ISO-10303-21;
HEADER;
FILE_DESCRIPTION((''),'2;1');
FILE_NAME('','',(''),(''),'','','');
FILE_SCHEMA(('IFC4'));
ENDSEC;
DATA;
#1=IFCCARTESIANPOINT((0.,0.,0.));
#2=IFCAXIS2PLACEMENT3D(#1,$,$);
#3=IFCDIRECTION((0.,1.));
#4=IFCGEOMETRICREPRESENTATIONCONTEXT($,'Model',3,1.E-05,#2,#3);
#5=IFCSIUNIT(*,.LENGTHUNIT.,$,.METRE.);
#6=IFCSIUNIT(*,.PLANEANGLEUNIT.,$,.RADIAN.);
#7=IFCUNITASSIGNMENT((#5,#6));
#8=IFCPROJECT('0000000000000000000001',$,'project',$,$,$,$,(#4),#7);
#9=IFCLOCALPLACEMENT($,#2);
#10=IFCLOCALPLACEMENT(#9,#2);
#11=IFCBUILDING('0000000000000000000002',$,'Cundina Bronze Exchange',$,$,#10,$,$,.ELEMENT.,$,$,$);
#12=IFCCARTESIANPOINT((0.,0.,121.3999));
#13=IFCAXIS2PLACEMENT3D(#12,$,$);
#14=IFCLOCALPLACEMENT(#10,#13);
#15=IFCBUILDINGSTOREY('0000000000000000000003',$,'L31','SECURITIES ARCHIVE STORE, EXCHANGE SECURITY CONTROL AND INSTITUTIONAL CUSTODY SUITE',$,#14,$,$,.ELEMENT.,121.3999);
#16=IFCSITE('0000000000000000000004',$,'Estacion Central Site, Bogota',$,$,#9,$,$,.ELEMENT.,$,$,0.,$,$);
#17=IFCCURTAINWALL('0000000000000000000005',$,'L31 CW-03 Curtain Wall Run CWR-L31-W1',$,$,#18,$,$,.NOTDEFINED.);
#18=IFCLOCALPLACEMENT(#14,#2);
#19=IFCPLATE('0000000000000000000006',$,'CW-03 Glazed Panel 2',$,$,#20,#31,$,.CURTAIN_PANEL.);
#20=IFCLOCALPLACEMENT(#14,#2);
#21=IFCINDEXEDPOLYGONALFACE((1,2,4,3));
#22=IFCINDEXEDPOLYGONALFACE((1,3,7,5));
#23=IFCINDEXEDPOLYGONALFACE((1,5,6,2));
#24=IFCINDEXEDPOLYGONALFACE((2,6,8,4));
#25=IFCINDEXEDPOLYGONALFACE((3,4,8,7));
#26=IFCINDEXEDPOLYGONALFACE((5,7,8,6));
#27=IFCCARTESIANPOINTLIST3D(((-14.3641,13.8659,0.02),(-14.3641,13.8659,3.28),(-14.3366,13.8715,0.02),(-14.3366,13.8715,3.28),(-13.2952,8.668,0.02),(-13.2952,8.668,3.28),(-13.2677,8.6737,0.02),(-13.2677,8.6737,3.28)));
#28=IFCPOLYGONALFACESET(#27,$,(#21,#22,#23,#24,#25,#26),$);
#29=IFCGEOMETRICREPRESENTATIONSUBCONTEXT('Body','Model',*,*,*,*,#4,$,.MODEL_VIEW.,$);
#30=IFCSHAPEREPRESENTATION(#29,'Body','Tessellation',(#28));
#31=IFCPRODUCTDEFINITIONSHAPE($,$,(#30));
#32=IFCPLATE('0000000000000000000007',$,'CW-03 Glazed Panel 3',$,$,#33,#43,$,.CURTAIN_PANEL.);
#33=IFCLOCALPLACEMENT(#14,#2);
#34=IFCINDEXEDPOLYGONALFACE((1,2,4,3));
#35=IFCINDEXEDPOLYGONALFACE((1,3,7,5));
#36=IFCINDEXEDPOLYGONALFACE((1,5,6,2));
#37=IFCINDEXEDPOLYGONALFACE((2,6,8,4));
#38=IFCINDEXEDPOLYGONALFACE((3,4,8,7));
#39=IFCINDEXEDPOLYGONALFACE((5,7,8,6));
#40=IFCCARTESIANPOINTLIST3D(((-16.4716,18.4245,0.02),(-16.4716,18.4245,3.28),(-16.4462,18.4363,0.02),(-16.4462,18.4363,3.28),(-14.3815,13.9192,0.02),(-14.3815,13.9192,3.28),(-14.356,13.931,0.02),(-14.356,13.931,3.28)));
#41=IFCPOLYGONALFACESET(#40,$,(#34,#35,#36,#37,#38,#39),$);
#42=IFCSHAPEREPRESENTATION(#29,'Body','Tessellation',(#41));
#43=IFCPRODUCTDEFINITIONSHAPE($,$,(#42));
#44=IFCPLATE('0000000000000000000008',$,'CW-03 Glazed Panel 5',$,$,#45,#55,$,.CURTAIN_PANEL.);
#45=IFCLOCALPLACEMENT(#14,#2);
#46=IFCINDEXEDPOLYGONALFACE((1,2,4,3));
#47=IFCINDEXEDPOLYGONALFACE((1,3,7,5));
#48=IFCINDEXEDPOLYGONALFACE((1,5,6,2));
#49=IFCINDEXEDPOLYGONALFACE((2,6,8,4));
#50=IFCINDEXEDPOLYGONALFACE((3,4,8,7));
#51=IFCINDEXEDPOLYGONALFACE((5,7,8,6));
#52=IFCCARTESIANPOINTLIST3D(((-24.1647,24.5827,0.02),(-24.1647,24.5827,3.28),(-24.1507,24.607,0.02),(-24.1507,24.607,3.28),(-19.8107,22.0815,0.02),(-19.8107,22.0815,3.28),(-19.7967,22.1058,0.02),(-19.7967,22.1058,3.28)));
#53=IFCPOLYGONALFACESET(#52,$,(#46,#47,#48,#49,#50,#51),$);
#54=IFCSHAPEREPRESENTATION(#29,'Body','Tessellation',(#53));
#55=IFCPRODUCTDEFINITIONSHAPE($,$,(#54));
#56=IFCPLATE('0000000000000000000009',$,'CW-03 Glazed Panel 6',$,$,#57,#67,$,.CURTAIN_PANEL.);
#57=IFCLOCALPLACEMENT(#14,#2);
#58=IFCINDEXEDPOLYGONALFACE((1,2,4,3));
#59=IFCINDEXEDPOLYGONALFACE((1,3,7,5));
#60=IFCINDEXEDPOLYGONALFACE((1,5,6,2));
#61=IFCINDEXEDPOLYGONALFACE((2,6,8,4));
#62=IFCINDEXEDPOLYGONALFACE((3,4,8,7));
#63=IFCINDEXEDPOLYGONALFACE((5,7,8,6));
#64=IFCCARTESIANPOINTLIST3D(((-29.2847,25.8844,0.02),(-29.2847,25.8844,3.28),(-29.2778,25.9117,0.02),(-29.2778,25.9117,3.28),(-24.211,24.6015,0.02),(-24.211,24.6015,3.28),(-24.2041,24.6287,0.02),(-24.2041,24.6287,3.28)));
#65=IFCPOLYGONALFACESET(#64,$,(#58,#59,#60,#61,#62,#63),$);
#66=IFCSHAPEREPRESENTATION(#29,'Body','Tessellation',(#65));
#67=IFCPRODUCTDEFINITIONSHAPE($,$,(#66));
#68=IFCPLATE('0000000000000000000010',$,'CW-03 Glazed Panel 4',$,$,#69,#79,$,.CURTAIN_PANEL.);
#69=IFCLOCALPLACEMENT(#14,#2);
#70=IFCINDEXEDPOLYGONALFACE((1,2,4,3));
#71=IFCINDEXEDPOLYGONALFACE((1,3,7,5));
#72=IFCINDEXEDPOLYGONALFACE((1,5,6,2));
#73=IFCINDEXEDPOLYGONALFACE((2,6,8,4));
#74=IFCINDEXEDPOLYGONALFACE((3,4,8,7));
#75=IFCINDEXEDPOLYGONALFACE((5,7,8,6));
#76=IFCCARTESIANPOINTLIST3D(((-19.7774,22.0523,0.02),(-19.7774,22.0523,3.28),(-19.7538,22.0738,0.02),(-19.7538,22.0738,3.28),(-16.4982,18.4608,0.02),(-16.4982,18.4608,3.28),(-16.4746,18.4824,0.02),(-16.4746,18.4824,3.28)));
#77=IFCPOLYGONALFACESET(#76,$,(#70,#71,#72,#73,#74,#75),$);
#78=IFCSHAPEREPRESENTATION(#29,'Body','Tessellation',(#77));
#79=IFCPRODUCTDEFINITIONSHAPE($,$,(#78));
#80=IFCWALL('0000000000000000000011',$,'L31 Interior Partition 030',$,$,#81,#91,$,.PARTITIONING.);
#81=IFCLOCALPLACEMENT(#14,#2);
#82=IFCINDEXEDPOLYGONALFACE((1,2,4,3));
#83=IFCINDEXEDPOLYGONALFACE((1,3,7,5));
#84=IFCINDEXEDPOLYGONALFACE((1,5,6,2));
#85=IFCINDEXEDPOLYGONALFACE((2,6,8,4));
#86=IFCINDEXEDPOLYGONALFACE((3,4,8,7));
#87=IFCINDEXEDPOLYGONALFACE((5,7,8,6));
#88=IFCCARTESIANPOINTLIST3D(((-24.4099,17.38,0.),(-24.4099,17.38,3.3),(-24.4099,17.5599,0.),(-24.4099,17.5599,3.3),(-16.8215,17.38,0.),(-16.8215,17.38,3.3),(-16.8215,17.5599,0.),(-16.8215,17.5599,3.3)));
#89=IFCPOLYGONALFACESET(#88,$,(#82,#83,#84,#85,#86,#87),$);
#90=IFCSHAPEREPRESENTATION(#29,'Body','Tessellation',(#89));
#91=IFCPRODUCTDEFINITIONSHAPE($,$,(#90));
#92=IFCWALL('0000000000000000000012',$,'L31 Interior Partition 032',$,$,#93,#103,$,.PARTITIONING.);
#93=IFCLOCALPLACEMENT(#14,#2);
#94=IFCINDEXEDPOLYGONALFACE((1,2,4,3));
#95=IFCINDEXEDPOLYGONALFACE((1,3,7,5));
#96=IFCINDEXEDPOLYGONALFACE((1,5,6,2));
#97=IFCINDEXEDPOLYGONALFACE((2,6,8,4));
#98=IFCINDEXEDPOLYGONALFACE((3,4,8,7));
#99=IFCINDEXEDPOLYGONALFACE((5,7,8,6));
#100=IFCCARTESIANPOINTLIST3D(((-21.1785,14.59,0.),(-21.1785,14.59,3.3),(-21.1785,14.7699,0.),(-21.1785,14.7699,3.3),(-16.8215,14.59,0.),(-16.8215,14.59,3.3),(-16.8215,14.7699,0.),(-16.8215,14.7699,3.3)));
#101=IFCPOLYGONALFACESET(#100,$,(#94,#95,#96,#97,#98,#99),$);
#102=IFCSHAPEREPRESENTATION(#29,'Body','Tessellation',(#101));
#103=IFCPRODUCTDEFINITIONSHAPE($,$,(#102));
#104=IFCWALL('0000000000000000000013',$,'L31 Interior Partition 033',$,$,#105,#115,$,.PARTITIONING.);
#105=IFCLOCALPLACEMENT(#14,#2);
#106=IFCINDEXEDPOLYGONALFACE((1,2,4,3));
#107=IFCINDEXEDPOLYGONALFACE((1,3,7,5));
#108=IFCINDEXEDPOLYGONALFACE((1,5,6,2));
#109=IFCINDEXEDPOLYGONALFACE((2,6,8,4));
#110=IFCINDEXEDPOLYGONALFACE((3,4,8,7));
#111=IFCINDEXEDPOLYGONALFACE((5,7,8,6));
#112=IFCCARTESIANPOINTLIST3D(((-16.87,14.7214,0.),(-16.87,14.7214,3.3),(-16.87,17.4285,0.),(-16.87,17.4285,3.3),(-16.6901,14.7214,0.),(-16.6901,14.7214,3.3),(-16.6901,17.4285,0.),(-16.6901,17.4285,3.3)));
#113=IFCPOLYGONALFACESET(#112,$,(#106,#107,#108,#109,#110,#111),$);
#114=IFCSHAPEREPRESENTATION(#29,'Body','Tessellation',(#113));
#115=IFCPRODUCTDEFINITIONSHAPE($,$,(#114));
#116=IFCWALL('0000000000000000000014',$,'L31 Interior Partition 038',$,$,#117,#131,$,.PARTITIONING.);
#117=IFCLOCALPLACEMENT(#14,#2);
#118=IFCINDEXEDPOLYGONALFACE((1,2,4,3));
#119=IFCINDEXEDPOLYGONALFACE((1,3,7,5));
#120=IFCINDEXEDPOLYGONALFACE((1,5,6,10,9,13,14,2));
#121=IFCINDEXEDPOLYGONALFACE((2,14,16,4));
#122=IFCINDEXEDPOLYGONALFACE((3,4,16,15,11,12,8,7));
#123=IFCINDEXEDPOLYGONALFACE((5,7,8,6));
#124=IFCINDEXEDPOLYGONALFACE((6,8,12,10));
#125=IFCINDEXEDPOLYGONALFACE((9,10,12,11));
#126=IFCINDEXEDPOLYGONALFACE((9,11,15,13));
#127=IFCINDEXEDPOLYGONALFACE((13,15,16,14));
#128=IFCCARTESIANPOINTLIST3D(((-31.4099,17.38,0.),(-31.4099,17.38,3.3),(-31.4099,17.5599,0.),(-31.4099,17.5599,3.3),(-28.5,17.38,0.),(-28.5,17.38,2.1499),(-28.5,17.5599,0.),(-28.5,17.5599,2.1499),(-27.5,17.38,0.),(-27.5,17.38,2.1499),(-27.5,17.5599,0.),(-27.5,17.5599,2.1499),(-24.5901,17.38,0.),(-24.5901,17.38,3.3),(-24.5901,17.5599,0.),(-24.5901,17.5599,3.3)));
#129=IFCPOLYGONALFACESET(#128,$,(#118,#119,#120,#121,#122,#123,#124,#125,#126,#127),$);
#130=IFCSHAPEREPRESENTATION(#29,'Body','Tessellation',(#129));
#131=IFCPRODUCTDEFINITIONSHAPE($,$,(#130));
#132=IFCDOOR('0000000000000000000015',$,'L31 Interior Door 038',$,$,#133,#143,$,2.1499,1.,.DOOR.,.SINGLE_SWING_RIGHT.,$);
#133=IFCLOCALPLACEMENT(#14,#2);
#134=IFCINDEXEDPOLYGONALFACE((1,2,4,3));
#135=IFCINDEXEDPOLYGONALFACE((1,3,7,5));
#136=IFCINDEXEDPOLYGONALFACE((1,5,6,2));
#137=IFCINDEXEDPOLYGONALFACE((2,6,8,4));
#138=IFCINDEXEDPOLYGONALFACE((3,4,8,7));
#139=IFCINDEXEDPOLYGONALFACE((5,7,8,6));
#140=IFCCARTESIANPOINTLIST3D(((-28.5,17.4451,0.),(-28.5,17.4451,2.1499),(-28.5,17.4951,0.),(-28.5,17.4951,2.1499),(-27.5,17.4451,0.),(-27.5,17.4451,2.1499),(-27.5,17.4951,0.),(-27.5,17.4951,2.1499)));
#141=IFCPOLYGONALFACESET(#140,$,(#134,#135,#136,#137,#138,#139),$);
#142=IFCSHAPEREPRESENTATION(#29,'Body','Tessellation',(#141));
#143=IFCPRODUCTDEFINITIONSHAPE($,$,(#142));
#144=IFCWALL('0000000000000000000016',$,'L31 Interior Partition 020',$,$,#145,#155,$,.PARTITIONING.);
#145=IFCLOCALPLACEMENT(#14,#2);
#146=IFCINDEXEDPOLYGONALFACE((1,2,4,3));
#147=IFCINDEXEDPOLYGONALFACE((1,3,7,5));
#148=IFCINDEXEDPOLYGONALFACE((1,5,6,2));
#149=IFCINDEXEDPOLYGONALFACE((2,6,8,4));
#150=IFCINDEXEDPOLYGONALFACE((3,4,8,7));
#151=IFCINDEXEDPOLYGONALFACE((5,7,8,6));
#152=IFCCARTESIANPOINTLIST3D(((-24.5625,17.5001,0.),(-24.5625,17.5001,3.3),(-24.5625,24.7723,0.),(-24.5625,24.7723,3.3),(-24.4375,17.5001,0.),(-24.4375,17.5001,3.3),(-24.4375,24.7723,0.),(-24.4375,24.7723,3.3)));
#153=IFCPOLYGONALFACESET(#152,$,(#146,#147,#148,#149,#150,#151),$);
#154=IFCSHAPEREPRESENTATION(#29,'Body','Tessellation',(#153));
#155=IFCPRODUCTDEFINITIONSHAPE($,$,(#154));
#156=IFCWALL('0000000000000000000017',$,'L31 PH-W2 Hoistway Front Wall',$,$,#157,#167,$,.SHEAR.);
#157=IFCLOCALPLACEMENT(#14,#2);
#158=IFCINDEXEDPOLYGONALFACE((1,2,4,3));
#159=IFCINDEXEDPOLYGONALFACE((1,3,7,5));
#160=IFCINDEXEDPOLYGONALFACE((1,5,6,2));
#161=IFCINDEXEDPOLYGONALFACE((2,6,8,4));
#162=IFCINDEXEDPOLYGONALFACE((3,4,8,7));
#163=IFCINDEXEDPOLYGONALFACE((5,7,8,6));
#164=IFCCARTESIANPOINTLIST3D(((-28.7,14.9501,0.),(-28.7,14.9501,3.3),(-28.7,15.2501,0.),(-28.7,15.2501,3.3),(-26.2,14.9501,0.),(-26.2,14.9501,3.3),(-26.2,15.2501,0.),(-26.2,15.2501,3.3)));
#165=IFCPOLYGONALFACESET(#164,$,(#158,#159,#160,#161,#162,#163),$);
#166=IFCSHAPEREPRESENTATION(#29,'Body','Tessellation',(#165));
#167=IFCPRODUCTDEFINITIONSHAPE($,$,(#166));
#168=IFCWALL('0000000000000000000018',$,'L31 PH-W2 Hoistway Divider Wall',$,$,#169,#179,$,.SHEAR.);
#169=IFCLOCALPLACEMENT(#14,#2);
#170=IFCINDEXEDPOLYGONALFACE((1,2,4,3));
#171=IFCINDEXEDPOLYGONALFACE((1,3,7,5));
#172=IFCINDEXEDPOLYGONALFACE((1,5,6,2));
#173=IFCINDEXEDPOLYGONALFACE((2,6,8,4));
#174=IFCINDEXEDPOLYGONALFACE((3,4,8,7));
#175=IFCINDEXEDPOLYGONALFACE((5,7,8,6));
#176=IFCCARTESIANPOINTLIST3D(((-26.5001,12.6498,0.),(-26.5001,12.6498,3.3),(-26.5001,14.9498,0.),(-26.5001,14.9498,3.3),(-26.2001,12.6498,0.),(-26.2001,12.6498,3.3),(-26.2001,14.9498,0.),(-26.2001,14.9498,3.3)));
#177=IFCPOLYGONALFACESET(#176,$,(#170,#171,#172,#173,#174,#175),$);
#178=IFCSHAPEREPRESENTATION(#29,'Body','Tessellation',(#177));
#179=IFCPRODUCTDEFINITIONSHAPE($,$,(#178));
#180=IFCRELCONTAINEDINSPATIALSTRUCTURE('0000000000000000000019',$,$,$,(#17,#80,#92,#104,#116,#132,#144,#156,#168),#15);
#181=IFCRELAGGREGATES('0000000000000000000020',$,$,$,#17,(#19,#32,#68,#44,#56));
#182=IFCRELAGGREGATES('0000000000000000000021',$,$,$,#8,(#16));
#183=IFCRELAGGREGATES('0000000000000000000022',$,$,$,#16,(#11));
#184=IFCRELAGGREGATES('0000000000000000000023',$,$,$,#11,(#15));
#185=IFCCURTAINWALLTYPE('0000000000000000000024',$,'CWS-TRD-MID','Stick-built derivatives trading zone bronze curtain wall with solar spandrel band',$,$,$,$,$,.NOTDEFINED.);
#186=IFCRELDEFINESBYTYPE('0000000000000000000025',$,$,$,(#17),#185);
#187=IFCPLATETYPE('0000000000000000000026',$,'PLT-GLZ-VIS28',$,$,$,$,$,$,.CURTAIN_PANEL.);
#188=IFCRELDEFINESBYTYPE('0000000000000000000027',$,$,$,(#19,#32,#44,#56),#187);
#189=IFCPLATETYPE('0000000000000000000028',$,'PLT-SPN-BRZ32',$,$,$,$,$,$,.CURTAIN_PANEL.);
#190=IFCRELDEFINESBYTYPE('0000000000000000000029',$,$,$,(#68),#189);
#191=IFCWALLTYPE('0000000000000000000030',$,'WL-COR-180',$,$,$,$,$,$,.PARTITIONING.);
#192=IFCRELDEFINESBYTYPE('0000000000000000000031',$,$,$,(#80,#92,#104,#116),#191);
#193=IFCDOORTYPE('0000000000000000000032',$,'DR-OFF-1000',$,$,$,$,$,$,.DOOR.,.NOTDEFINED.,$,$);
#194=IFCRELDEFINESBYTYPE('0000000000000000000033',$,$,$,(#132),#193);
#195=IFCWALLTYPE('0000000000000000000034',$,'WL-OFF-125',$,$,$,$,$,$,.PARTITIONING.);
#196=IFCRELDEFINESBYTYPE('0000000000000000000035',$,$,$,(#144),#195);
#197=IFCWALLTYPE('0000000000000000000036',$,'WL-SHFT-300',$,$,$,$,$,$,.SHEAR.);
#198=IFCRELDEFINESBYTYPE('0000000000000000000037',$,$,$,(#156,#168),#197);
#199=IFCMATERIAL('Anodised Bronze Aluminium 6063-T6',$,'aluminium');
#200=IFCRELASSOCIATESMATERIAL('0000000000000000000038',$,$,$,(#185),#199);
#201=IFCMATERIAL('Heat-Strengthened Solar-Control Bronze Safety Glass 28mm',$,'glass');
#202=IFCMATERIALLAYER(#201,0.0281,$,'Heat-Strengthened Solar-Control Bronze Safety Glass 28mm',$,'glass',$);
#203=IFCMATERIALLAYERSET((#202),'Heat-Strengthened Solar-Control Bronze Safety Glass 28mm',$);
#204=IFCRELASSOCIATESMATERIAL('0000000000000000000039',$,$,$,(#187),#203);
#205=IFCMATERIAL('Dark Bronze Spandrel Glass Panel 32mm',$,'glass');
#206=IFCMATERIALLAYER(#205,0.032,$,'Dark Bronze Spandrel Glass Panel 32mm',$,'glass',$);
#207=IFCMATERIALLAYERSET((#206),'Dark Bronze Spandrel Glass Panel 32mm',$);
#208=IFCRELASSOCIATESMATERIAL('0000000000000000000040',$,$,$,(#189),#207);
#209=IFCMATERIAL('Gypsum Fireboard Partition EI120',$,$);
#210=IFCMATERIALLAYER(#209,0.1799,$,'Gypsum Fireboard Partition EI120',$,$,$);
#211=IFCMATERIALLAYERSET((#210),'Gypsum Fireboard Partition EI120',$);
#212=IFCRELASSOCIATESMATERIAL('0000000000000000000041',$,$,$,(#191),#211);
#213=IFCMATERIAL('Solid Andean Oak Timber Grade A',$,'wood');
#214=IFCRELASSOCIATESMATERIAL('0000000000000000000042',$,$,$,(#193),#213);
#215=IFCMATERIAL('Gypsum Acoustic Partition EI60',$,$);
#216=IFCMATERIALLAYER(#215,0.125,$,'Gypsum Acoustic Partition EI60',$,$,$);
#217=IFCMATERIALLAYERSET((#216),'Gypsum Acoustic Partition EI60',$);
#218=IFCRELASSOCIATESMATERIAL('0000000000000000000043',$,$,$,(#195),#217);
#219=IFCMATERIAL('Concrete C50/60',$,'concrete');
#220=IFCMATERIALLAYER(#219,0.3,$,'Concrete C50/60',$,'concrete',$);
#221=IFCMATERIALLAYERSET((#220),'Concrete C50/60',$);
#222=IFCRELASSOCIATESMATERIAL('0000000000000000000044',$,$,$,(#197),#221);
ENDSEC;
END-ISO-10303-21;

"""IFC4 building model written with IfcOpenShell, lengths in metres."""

from ifc_helpers import new_model, si_unit, direction, frame, frame_2d, origin, origin_2d, place, context, subcontext, project, spatial, rectangle, extrude, material, layer, layer_set, type_object, element, fill, aggregate, save


model = new_model("IFC4")

# Units and contexts
model_context = context("Model", 3, precision=1e-05, world=origin(), true_north=direction((0.0, 1.0)))
body_context = subcontext(model_context, "Body", "Model", "MODEL_VIEW")
ifc_project = project(units=[si_unit("LENGTHUNIT", "METRE"), si_unit("PLANEANGLEUNIT", "RADIAN")], contexts=[model_context])

# Site, building, storey
site_placement = place(None, origin())
site = spatial("IfcSite", under=ifc_project, at=site_placement, Name="Estacion Central Site, Bogota", CompositionType="ELEMENT", RefElevation=0.0)
building_placement = place(site_placement, origin())
building = spatial("IfcBuilding", under=site, at=building_placement, Name="Cundina Bronze Exchange", CompositionType="ELEMENT")
storey_placement = place(building_placement, frame((0.0, 0.0, 121.3999)))
storey = spatial("IfcBuildingStorey", under=building, at=storey_placement, Name="L31", Description="SECURITIES ARCHIVE STORE, EXCHANGE SECURITY CONTROL AND INSTITUTIONAL CUSTODY SUITE", CompositionType="ELEMENT", Elevation=121.3999)

# Curtain wall, plates
ifc_material_1 = material(Name="Anodised Bronze Aluminium 6063-T6", Category="aluminium")
curtain_wall_type = type_object("IfcCurtainWallType", Name="CWS-TRD-MID", Description="Stick-built derivatives trading zone bronze curtain wall with solar spandrel band", PredefinedType="NOTDEFINED", material=ifc_material_1)
curtain_wall_placement = place(storey_placement, origin())
curtain_wall = element("IfcCurtainWall", 1, at=curtain_wall_placement, inside=storey, type_object=curtain_wall_type, Name="L31 CW-03 Curtain Wall Run CWR-L31-W1", PredefinedType="NOTDEFINED")
ifc_material_2 = material(Name="Heat-Strengthened Solar-Control Bronze Safety Glass 28mm", Category="glass")
ifc_layer_1 = layer(ifc_material_2, 0.0281, Name="Heat-Strengthened Solar-Control Bronze Safety Glass 28mm", Category="glass")
ifc_layer_set_1 = layer_set([ifc_layer_1], Name="Heat-Strengthened Solar-Control Bronze Safety Glass 28mm")
plate_type_1 = type_object("IfcPlateType", Name="PLT-GLZ-VIS28", PredefinedType="CURTAIN_PANEL", material=ifc_layer_set_1)
plate_1_placement = place(storey_placement, frame((-13.8159, 11.2698, 0.02), z_axis=(0.0, 0.0, 1.0), x_axis=(-0.20142, 0.979505, 0.0)))
plate_1 = element("IfcPlate", 2, at=plate_1_placement, type_object=plate_type_1, Name="CW-03 Glazed Panel 2", PredefinedType="CURTAIN_PANEL", context=body_context, shape_type="SweptSolid", body=[
    extrude(rectangle(XDim=5.3066, YDim=0.0281, at=origin_2d()), origin(), (0.0, 0.0, 1.0), 3.26),
])
plate_2_placement = place(storey_placement, frame((-15.4138, 16.1777, 0.02), z_axis=(0.0, 0.0, 1.0), x_axis=(-0.420846, 0.907132, 0.0)))
plate_2 = element("IfcPlate", 3, at=plate_2_placement, type_object=plate_type_1, Name="CW-03 Glazed Panel 3", PredefinedType="CURTAIN_PANEL", context=body_context, shape_type="SweptSolid", body=[
    extrude(rectangle(XDim=4.9666, YDim=0.0281, at=origin_2d()), origin(), (0.0, 0.0, 1.0), 3.26),
])
plate_3_placement = place(storey_placement, frame((-21.9807, 23.3442, 0.02), z_axis=(0.0, 0.0, 1.0), x_axis=(-0.867105, 0.498125, 0.0)))
plate_3 = element("IfcPlate", 4, at=plate_3_placement, type_object=plate_type_1, Name="CW-03 Glazed Panel 5", PredefinedType="CURTAIN_PANEL", context=body_context, shape_type="SweptSolid", body=[
    extrude(rectangle(XDim=5.0212, YDim=0.0281, at=origin_2d()), origin(), (0.0, 0.0, 1.0), 3.26),
])
plate_4_placement = place(storey_placement, frame((-26.7444, 25.2566, 0.02), z_axis=(0.0, 0.0, 1.0), x_axis=(-0.969488, 0.245138, 0.0)))
plate_4 = element("IfcPlate", 5, at=plate_4_placement, type_object=plate_type_1, Name="CW-03 Glazed Panel 6", PredefinedType="CURTAIN_PANEL", context=body_context, shape_type="SweptSolid", body=[
    extrude(rectangle(XDim=5.2334, YDim=0.0281, at=origin_2d()), origin(), (0.0, 0.0, 1.0), 3.26),
])
ifc_material_3 = material(Name="Dark Bronze Spandrel Glass Panel 32mm", Category="glass")
ifc_layer_2 = layer(ifc_material_3, 0.032, Name="Dark Bronze Spandrel Glass Panel 32mm", Category="glass")
ifc_layer_set_2 = layer_set([ifc_layer_2], Name="Dark Bronze Spandrel Glass Panel 32mm")
plate_type_2 = type_object("IfcPlateType", Name="PLT-SPN-BRZ32", PredefinedType="CURTAIN_PANEL", material=ifc_layer_set_2)
plate_5_placement = place(storey_placement, frame((-18.126, 20.2673, 0.02), z_axis=(0.0, 0.0, 1.0), x_axis=(-0.674277, 0.738479, 0.0)))
plate_5 = element("IfcPlate", 6, at=plate_5_placement, type_object=plate_type_2, Name="CW-03 Glazed Panel 4", PredefinedType="CURTAIN_PANEL", context=body_context, shape_type="SweptSolid", body=[
    extrude(rectangle(XDim=4.8633, YDim=0.032, at=origin_2d()), origin(), (0.0, 0.0, 1.0), 3.26),
])
aggregate(curtain_wall, [plate_1, plate_2, plate_5, plate_3, plate_4])

# Walls
ifc_material_4 = material(Name="Gypsum Fireboard Partition EI120")
ifc_layer_3 = layer(ifc_material_4, 0.1799, Name="Gypsum Fireboard Partition EI120")
ifc_layer_set_3 = layer_set([ifc_layer_3], Name="Gypsum Fireboard Partition EI120")
wall_type_1 = type_object("IfcWallType", Name="WL-COR-180", PredefinedType="PARTITIONING", material=ifc_layer_set_3)
wall_1_placement = place(storey_placement, frame((-16.8215, 17.47, 0.0), z_axis=(0.0, 0.0, 1.0), x_axis=(-1.0, 0.0, 0.0)))
element("IfcWall", 7, at=wall_1_placement, inside=storey, type_object=wall_type_1, Name="L31 Interior Partition 030", PredefinedType="PARTITIONING", context=body_context, shape_type="SweptSolid", body=[
    extrude(rectangle(XDim=7.5884, YDim=0.1799, at=frame_2d((3.7942, 0.0))), origin(), (0.0, 0.0, 1.0), 3.3),
])
wall_2_placement = place(storey_placement, frame((-21.1785, 14.6799, 0.0), z_axis=(0.0, 0.0, 1.0), x_axis=(1.0, 0.0, 0.0)))
element("IfcWall", 8, at=wall_2_placement, inside=storey, type_object=wall_type_1, Name="L31 Interior Partition 032", PredefinedType="PARTITIONING", context=body_context, shape_type="SweptSolid", body=[
    extrude(rectangle(XDim=4.3569, YDim=0.1799, at=frame_2d((2.1785, 0.0))), origin(), (0.0, 0.0, 1.0), 3.3),
])
wall_3_placement = place(storey_placement, frame((-16.78, 14.7214, 0.0), z_axis=(0.0, 0.0, 1.0), x_axis=(0.0, 1.0, 0.0)))
element("IfcWall", 9, at=wall_3_placement, inside=storey, type_object=wall_type_1, Name="L31 Interior Partition 033", PredefinedType="PARTITIONING", context=body_context, shape_type="SweptSolid", body=[
    extrude(rectangle(XDim=2.707, YDim=0.1799, at=frame_2d((1.3535, 0.0))), origin(), (0.0, 0.0, 1.0), 3.3),
])

# Wall, opening, door
wall_4_placement = place(storey_placement, frame((-24.5901, 17.47, 0.0), z_axis=(0.0, 0.0, 1.0), x_axis=(-1.0, 0.0, 0.0)))
wall_4 = element("IfcWall", 10, at=wall_4_placement, inside=storey, type_object=wall_type_1, Name="L31 Interior Partition 038", PredefinedType="PARTITIONING", context=body_context, shape_type="SweptSolid", body=[
    extrude(rectangle(XDim=6.8198, YDim=0.1799, at=frame_2d((3.4099, 0.0))), origin(), (0.0, 0.0, 1.0), 3.3),
])
opening_1_placement = place(wall_4_placement, frame((2.9099, 0.0, 0.0)))
opening_1 = element("IfcOpeningElement", 11, at=opening_1_placement, cuts=wall_4, PredefinedType="OPENING", context=body_context, shape_type="SweptSolid", body=[
    extrude(rectangle(XDim=1.0, YDim=2.1499, at=frame_2d((0.5, 1.075))), frame((0.0, 0.0999, 0.0), z_axis=(0.0, -1.0, 0.0), x_axis=(1.0, 0.0, 0.0)), (0.0, 0.0, 1.0), 0.2),
])
ifc_material_5 = material(Name="Solid Andean Oak Timber Grade A", Category="wood")
door_type_1 = type_object("IfcDoorType", Name="DR-OFF-1000", OperationType="NOTDEFINED", PredefinedType="DOOR", material=ifc_material_5)
door_1_placement = place(opening_1_placement, origin())
door_1 = element("IfcDoor", 12, at=door_1_placement, inside=storey, type_object=door_type_1, Name="L31 Interior Door 038", OperationType="SINGLE_SWING_RIGHT", OverallHeight=2.1499, OverallWidth=1.0, PredefinedType="DOOR", context=body_context, shape_type="SweptSolid", body=[
    extrude(rectangle(XDim=1.0, YDim=2.1499, at=frame_2d((0.5, 1.075))), frame((0.0, 0.0249, 0.0), z_axis=(0.0, -1.0, 0.0), x_axis=(1.0, 0.0, 0.0)), (0.0, 0.0, 1.0), 0.05),
])
fill(opening_1, door_1)

# Wall
ifc_material_6 = material(Name="Gypsum Acoustic Partition EI60")
ifc_layer_4 = layer(ifc_material_6, 0.125, Name="Gypsum Acoustic Partition EI60")
ifc_layer_set_4 = layer_set([ifc_layer_4], Name="Gypsum Acoustic Partition EI60")
wall_type_2 = type_object("IfcWallType", Name="WL-OFF-125", PredefinedType="PARTITIONING", material=ifc_layer_set_4)
wall_5_placement = place(storey_placement, frame((-24.5, 17.5, 0.0), z_axis=(0.0, 0.0, 1.0), x_axis=(0.0, 1.0, 0.0)))
element("IfcWall", 13, at=wall_5_placement, inside=storey, type_object=wall_type_2, Name="L31 Interior Partition 020", PredefinedType="PARTITIONING", context=body_context, shape_type="SweptSolid", body=[
    extrude(rectangle(XDim=7.2722, YDim=0.125, at=frame_2d((3.6362, 0.0))), origin(), (0.0, 0.0, 1.0), 3.3),
])

# Shared definitions
ifc_material_7 = material(Name="Concrete C50/60", Category="concrete")
ifc_layer_5 = layer(ifc_material_7, 0.3, Name="Concrete C50/60", Category="concrete")
ifc_layer_set_5 = layer_set([ifc_layer_5], Name="Concrete C50/60")
wall_type_3 = type_object("IfcWallType", Name="WL-SHFT-300", PredefinedType="SHEAR", material=ifc_layer_set_5)

# Walls
wall_6_placement = place(storey_placement, frame((-28.7, 15.1001, 0.0), z_axis=(0.0, 0.0, 1.0), x_axis=(1.0, 0.0, 0.0)))
element("IfcWall", 14, at=wall_6_placement, inside=storey, type_object=wall_type_3, Name="L31 PH-W2 Hoistway Front Wall", PredefinedType="SHEAR", context=body_context, shape_type="SweptSolid", body=[
    extrude(rectangle(XDim=2.5, YDim=0.3, at=frame_2d((1.25, 0.0))), origin(), (0.0, 0.0, 1.0), 3.3),
])
wall_7_placement = place(storey_placement, frame((-26.3501, 12.6499, 0.0), z_axis=(0.0, 0.0, 1.0), x_axis=(0.0, 1.0, 0.0)))
element("IfcWall", 15, at=wall_7_placement, inside=storey, type_object=wall_type_3, Name="L31 PH-W2 Hoistway Divider Wall", PredefinedType="SHEAR", context=body_context, shape_type="SweptSolid", body=[
    extrude(rectangle(XDim=2.3, YDim=0.3, at=frame_2d((1.1499, 0.0))), origin(), (0.0, 0.0, 1.0), 3.3),
])

save(model, "model.ifc")
